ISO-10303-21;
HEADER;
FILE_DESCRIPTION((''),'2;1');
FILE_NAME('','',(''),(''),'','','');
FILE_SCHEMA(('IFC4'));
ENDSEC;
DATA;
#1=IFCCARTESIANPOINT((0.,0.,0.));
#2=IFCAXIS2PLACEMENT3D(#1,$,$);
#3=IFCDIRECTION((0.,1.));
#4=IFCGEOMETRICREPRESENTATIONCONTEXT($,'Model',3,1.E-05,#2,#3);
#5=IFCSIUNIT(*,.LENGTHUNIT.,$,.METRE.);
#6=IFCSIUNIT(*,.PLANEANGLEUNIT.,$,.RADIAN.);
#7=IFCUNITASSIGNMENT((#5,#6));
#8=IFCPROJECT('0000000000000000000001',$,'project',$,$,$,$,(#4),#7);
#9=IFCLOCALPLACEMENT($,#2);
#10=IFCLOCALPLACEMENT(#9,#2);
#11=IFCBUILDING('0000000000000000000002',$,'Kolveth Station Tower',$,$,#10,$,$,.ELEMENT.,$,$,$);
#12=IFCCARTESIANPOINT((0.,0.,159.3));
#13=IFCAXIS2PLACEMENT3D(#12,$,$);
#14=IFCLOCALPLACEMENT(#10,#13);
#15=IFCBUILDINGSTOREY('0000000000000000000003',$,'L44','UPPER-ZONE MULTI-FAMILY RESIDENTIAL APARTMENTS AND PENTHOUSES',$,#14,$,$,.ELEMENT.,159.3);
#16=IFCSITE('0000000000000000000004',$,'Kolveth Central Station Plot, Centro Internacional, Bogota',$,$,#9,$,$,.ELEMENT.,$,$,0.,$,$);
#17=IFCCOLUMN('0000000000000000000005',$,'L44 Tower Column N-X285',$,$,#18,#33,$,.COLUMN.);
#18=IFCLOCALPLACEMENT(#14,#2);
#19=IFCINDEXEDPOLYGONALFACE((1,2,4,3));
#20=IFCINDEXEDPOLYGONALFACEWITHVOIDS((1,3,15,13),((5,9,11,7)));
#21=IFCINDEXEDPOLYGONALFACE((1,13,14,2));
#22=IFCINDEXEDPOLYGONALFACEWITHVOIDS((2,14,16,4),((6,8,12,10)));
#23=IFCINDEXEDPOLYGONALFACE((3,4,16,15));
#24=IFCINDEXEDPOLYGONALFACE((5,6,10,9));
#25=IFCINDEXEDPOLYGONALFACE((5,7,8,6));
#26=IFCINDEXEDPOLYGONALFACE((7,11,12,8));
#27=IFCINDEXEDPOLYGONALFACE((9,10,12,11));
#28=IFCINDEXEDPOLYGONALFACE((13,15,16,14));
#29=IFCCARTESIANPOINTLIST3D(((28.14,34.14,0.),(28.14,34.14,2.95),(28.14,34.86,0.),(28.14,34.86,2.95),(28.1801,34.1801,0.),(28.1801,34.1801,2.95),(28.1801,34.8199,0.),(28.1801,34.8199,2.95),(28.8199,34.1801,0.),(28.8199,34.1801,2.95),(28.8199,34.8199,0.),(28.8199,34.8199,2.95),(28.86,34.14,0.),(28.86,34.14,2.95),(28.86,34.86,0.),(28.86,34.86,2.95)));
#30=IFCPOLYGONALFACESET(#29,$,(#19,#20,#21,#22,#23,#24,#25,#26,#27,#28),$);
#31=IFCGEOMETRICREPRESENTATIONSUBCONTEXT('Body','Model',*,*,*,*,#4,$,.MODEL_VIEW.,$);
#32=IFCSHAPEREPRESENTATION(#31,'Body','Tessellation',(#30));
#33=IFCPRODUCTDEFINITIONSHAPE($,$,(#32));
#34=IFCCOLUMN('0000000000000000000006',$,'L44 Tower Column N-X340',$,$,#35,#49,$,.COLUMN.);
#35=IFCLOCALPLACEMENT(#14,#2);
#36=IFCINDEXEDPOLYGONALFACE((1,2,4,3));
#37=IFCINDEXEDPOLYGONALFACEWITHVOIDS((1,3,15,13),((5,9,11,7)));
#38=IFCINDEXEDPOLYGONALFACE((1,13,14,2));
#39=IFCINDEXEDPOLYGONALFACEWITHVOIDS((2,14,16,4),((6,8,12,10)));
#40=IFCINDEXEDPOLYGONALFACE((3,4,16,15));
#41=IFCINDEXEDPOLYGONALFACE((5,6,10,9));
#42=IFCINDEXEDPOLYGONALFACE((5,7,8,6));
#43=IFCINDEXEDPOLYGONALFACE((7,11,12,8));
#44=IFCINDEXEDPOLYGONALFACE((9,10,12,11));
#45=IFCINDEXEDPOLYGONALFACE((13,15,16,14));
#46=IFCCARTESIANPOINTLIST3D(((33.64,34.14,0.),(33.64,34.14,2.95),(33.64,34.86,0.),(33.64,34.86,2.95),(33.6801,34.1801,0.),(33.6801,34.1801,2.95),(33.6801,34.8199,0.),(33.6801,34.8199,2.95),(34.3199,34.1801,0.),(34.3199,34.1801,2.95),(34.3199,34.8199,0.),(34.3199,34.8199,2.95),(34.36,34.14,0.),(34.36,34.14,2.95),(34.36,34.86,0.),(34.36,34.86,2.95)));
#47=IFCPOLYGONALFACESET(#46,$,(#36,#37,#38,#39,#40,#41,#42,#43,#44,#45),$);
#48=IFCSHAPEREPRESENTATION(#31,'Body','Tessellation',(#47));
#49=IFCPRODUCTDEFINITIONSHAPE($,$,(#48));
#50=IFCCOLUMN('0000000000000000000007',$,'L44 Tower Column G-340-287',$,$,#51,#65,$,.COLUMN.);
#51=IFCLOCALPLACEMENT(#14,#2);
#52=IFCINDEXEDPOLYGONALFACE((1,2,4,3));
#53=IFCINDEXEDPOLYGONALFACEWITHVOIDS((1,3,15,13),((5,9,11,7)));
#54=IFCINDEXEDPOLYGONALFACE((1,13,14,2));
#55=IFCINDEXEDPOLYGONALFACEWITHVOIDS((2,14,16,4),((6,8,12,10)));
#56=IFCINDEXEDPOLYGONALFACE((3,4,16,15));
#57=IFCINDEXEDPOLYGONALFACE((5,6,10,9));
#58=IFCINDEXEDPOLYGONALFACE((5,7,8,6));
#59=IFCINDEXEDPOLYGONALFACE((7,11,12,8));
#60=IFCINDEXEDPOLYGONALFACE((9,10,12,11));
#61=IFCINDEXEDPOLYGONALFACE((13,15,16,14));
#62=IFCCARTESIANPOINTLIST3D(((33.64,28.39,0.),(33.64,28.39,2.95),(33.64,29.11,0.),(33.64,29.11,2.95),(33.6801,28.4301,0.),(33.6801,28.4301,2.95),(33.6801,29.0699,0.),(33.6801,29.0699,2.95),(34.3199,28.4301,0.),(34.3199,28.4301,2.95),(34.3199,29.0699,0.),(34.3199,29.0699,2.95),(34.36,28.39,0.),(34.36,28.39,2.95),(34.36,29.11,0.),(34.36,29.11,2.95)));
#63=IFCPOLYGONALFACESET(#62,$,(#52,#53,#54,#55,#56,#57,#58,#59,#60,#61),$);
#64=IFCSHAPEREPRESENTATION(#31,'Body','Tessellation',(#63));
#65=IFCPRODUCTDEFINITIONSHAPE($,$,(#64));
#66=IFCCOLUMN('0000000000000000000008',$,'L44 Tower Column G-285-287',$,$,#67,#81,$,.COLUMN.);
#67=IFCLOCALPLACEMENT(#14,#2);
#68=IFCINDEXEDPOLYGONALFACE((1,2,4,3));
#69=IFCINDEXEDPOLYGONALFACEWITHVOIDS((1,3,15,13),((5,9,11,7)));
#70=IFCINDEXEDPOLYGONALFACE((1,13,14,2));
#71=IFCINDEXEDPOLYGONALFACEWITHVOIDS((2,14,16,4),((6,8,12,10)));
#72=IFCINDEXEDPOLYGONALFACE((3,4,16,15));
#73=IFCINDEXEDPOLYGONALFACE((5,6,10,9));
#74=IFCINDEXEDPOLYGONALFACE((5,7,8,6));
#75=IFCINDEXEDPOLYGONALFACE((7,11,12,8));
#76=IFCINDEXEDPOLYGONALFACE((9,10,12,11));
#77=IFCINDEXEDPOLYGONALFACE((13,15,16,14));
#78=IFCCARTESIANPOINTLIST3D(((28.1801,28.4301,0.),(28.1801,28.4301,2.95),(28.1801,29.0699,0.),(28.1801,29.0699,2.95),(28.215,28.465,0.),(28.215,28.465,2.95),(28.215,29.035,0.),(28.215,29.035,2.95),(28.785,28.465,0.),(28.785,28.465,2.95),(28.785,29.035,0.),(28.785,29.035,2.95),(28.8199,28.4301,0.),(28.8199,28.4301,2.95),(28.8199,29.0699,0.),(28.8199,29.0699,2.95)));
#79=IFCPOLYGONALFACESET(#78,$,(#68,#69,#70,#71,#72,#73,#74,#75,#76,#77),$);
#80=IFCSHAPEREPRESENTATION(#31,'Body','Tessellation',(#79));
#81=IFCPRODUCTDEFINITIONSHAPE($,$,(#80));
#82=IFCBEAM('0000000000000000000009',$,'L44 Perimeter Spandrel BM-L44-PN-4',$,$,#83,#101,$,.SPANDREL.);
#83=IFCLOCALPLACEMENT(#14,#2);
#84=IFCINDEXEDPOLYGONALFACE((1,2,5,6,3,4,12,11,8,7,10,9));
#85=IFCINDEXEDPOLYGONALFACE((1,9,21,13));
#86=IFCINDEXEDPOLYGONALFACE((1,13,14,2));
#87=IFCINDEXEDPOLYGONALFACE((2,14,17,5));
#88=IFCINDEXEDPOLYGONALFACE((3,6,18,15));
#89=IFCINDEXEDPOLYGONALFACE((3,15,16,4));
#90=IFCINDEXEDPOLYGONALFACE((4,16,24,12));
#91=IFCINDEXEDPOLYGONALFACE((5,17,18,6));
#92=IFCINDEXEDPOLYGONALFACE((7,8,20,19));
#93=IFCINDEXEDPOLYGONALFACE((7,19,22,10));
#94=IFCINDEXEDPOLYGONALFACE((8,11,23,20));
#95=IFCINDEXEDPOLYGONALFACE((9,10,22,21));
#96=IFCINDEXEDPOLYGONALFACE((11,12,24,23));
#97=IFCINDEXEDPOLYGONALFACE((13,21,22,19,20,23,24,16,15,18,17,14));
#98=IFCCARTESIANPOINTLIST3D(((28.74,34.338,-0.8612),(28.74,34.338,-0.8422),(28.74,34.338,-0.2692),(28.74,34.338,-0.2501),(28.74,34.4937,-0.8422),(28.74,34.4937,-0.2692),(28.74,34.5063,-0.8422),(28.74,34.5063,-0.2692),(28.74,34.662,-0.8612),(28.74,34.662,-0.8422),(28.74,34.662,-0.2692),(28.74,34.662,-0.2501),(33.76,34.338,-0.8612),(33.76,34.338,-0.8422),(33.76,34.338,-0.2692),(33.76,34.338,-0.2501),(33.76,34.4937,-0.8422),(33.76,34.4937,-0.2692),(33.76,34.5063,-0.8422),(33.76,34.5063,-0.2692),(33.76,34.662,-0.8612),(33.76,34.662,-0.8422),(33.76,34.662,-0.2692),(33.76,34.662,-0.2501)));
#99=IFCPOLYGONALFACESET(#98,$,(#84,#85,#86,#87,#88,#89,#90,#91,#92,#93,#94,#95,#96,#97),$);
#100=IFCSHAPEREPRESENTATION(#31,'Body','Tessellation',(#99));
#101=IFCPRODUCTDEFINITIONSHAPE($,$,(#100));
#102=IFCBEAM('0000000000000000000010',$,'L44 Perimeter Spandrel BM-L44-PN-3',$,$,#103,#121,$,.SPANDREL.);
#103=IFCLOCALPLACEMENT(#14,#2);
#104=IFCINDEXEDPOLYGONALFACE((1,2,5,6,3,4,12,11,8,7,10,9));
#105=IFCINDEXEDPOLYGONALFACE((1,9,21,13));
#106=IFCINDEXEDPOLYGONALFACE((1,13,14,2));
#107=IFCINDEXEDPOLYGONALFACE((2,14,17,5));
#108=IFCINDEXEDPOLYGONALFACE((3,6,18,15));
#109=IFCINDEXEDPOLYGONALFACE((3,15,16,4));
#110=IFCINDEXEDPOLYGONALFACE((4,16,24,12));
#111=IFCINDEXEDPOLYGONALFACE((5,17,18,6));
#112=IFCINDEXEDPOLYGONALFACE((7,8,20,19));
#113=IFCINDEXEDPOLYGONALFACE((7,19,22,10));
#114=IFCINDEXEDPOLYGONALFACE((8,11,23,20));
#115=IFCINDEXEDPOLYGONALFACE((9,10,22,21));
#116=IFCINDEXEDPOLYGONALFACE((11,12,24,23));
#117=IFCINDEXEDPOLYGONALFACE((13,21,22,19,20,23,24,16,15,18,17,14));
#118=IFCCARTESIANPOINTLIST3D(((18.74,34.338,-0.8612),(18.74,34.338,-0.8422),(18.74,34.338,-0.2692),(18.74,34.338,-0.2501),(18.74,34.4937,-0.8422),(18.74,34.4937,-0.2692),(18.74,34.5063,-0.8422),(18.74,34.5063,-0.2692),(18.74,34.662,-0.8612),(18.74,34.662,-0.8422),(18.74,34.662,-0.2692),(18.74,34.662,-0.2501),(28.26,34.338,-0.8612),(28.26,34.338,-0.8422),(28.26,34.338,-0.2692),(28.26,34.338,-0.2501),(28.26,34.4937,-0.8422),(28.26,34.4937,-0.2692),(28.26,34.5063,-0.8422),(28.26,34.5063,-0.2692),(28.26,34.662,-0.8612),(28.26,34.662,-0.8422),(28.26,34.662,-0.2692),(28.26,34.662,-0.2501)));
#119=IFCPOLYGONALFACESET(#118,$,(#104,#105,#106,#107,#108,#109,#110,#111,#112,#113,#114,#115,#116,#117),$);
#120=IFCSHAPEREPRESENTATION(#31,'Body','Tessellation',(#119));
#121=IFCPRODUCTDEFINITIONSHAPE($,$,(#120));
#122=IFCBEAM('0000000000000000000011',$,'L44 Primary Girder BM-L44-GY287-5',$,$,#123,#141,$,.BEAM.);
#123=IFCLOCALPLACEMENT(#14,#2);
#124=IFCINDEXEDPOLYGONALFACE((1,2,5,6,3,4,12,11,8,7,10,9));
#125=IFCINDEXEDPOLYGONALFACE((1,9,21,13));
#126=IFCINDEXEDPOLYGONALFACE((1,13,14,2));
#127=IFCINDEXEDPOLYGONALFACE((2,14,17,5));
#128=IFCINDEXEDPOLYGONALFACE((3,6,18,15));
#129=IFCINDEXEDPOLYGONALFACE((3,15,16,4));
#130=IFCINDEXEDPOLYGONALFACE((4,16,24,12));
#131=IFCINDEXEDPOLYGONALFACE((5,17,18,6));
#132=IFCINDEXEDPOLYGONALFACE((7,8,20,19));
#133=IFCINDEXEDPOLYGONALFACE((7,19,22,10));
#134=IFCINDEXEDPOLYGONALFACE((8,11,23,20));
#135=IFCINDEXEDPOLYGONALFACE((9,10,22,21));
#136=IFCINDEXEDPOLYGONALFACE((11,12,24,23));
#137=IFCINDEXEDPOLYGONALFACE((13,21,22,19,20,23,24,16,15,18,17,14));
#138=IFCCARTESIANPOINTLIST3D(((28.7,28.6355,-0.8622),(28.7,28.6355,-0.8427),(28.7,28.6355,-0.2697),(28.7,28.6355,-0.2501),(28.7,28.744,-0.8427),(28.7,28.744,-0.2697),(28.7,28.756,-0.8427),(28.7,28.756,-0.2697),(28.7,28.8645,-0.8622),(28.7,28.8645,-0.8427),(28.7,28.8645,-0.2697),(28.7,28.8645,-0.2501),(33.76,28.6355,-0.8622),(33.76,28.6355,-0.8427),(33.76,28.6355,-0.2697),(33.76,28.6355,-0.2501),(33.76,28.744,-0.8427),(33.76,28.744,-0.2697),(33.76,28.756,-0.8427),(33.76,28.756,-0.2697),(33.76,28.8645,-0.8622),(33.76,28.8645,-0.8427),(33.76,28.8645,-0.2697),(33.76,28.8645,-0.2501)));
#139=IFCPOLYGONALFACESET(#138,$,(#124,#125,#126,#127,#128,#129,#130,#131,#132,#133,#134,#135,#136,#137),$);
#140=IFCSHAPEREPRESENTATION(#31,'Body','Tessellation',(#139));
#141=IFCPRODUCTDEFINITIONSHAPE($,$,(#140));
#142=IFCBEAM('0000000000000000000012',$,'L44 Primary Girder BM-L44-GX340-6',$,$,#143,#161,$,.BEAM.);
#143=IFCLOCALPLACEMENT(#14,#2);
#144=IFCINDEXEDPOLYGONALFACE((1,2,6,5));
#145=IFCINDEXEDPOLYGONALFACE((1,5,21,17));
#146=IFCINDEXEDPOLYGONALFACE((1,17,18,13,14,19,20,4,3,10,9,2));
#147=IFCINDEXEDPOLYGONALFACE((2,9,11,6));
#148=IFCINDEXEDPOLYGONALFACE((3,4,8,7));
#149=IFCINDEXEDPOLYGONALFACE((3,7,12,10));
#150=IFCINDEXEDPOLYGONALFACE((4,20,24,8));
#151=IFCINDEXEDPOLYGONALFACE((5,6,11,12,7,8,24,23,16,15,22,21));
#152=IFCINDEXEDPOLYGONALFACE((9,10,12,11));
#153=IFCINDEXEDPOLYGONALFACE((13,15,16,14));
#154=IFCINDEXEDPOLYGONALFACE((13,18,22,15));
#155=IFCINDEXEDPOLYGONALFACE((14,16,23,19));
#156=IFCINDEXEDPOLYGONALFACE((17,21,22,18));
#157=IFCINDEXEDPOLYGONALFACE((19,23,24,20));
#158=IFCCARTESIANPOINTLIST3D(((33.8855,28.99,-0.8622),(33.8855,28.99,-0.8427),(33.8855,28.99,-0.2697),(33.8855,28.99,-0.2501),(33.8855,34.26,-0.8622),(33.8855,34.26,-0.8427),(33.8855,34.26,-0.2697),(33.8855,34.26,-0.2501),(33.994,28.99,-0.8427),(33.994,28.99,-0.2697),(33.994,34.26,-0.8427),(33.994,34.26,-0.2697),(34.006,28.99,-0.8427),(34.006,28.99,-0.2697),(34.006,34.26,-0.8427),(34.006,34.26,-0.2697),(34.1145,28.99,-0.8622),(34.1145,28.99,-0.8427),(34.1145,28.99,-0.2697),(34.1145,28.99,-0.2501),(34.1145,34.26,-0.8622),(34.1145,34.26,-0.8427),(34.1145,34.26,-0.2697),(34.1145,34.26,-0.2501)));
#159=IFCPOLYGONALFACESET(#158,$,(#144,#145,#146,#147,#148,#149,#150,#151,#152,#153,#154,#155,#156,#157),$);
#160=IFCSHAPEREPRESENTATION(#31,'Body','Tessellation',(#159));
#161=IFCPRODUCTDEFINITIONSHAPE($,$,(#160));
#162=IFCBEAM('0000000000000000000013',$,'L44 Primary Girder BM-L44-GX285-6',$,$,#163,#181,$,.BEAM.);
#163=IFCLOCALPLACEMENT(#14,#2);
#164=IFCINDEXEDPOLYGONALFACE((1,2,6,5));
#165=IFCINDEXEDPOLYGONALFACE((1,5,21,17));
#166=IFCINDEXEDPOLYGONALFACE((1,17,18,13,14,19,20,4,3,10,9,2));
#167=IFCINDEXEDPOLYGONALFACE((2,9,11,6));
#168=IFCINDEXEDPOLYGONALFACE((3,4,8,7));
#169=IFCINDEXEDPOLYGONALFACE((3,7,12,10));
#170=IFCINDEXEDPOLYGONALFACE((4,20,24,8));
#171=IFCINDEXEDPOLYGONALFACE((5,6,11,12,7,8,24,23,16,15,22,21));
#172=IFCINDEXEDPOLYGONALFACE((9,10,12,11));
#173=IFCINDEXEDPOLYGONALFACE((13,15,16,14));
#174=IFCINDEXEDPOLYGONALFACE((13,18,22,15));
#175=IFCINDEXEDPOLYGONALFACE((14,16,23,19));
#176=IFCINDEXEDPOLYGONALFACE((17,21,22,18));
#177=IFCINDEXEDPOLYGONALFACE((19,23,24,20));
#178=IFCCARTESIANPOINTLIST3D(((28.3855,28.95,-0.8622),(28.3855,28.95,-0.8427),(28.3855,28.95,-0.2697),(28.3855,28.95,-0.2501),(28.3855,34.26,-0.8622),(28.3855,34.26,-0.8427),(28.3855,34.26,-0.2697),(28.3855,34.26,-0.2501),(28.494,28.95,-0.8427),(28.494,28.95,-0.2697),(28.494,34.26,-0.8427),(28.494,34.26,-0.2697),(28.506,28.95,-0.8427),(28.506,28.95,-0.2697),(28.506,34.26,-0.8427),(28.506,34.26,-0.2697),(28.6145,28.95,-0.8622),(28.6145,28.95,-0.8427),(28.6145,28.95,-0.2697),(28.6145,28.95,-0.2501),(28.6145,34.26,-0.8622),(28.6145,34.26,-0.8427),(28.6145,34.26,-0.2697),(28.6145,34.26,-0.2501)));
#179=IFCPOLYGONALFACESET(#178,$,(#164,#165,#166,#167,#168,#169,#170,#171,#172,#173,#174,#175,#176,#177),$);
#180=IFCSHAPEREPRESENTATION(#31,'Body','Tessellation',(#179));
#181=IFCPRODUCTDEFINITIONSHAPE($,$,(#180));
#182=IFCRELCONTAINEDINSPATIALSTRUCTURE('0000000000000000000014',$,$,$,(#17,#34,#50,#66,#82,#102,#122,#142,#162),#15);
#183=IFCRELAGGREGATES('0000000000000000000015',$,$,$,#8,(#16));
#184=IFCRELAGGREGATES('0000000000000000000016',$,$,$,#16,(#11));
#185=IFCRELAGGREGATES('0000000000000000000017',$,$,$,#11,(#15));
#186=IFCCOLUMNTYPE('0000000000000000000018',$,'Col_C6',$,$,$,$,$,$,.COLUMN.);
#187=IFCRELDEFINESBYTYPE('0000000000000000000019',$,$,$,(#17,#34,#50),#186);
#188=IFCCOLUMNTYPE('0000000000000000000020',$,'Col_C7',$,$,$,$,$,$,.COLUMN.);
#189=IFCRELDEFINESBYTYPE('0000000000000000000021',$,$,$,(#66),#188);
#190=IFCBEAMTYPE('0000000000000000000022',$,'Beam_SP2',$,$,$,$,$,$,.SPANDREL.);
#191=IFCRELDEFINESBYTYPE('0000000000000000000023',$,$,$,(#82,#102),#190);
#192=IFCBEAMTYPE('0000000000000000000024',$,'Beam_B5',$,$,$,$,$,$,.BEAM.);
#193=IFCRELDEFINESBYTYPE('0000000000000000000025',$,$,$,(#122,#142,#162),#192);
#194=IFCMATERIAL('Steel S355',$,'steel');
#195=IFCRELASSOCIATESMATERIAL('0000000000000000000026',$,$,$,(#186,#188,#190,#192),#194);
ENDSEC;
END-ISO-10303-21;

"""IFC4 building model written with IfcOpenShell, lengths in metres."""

from ifc_helpers import new_model, si_unit, direction, frame, origin, origin_2d, place, context, subcontext, project, spatial, hollow_rectangle, i_section, extrude, source, transform, mapped, material, material_profile, profile_set, type_object, element, save


model = new_model("IFC4")

# Units and contexts
model_context = context("Model", 3, precision=1e-05, world=origin(), true_north=direction((0.0, 1.0)))
body_context = subcontext(model_context, "Body", "Model", "MODEL_VIEW")
ifc_project = project(units=[si_unit("LENGTHUNIT", "METRE"), si_unit("PLANEANGLEUNIT", "RADIAN")], contexts=[model_context])

# Site, building, storey
site_placement = place(None, origin())
site = spatial("IfcSite", under=ifc_project, at=site_placement, Name="Kolveth Central Station Plot, Centro Internacional, Bogota", CompositionType="ELEMENT", RefElevation=0.0)
building_placement = place(site_placement, origin())
building = spatial("IfcBuilding", under=site, at=building_placement, Name="Kolveth Station Tower", CompositionType="ELEMENT")
storey_placement = place(building_placement, frame((0.0, 0.0, 159.3)))
storey = spatial("IfcBuildingStorey", under=building, at=storey_placement, Name="L44", Description="UPPER-ZONE MULTI-FAMILY RESIDENTIAL APARTMENTS AND PENTHOUSES", CompositionType="ELEMENT", Elevation=159.3)

# Columns
ifc_material_1 = material(Name="Steel S355", Category="steel")
ifc_material_profile_1 = material_profile(ifc_material_1, hollow_rectangle(XDim=0.72, YDim=0.72, WallThickness=0.04, at=origin_2d()), Name="BOX720x720x40")
ifc_profile_set_1 = profile_set([ifc_material_profile_1], Name="Steel S355")
column_type_1 = type_object("IfcColumnType", Name="Col_C6", PredefinedType="COLUMN", material=ifc_profile_set_1)
shared_shape_1 = source(origin(), body_context, "Body", "SweptSolid", [
    extrude(hollow_rectangle(XDim=0.72, YDim=0.72, WallThickness=0.04, at=origin_2d()), origin(), (0.0, 0.0, 1.0), 2.95),
])
for number, where, z_axis, x_axis, name in (
    (1, (28.5, 34.5, 0.0), (0.0, 0.0, 1.0), (1.0, 0.0, 0.0), "L44 Tower Column N-X285"),
    (2, (34.0, 34.5, 0.0), (0.0, 0.0, 1.0), (1.0, 0.0, 0.0), "L44 Tower Column N-X340"),
    (3, (34.0, 28.75, 0.0), (0.0, 0.0, 1.0), (1.0, 0.0, 0.0), "L44 Tower Column G-340-287"),
):
    element("IfcColumn", number, at=place(storey_placement, frame(where, z_axis=z_axis, x_axis=x_axis)), inside=storey, type_object=column_type_1, Name=name, PredefinedType="COLUMN", context=body_context, shape_type="MappedRepresentation", body=[
        mapped(shared_shape_1, transform((0.0, 0.0, 0.0), x_axis=(1.0, 0.0, 0.0), y_axis=(0.0, 1.0, 0.0), z_axis=(0.0, 0.0, 1.0), scale=1.0)),
    ])
ifc_material_profile_2 = material_profile(ifc_material_1, hollow_rectangle(XDim=0.6399, YDim=0.6399, WallThickness=0.0349, at=origin_2d()), Name="BOX640x640x35")
ifc_profile_set_2 = profile_set([ifc_material_profile_2], Name="Steel S355")
column_type_2 = type_object("IfcColumnType", Name="Col_C7", PredefinedType="COLUMN", material=ifc_profile_set_2)
shared_shape_2 = source(origin(), body_context, "Body", "SweptSolid", [
    extrude(hollow_rectangle(XDim=0.6399, YDim=0.6399, WallThickness=0.0349, at=origin_2d()), origin(), (0.0, 0.0, 1.0), 2.95),
])
column_placement = place(storey_placement, frame((28.5, 28.75, 0.0), z_axis=(0.0, 0.0, 1.0), x_axis=(1.0, 0.0, 0.0)))
element("IfcColumn", 4, at=column_placement, inside=storey, type_object=column_type_2, Name="L44 Tower Column G-285-287", PredefinedType="COLUMN", context=body_context, shape_type="MappedRepresentation", body=[
    mapped(shared_shape_2, transform((0.0, 0.0, 0.0), x_axis=(1.0, 0.0, 0.0), y_axis=(0.0, 1.0, 0.0), z_axis=(0.0, 0.0, 1.0), scale=1.0)),
])

# Beams
ifc_material_profile_3 = material_profile(ifc_material_1, i_section(OverallWidth=0.324, OverallDepth=0.6111, WebThickness=0.0127, FlangeThickness=0.019, at=origin_2d()), Name="W610x155")
ifc_profile_set_3 = profile_set([ifc_material_profile_3], Name="Steel S355")
beam_type_1 = type_object("IfcBeamType", Name="Beam_SP2", PredefinedType="SPANDREL", material=ifc_profile_set_3)
shared_shape_3 = source(origin(), body_context, "Body", "SweptSolid", [
    extrude(i_section(OverallWidth=0.324, OverallDepth=0.6111, WebThickness=0.0127, FlangeThickness=0.019, at=origin_2d()), origin(), (0.0, 0.0, 1.0), 5.02),
])
beam_1_placement = place(storey_placement, frame((28.74, 34.5, -0.5557), z_axis=(1.0, 0.0, 0.0), x_axis=(0.0, 1.0, 0.0)))
element("IfcBeam", 5, at=beam_1_placement, inside=storey, type_object=beam_type_1, Name="L44 Perimeter Spandrel BM-L44-PN-4", PredefinedType="SPANDREL", context=body_context, shape_type="MappedRepresentation", body=[
    mapped(shared_shape_3, transform((0.0, 0.0, 0.0), x_axis=(1.0, 0.0, 0.0), y_axis=(0.0, 1.0, 0.0), z_axis=(0.0, 0.0, 1.0), scale=1.0)),
])
shared_shape_4 = source(origin(), body_context, "Body", "SweptSolid", [
    extrude(i_section(OverallWidth=0.324, OverallDepth=0.6111, WebThickness=0.0127, FlangeThickness=0.019, at=origin_2d()), origin(), (0.0, 0.0, 1.0), 9.52),
])
beam_2_placement = place(storey_placement, frame((18.74, 34.5, -0.5557), z_axis=(1.0, 0.0, 0.0), x_axis=(0.0, 1.0, 0.0)))
element("IfcBeam", 6, at=beam_2_placement, inside=storey, type_object=beam_type_1, Name="L44 Perimeter Spandrel BM-L44-PN-3", PredefinedType="SPANDREL", context=body_context, shape_type="MappedRepresentation", body=[
    mapped(shared_shape_4, transform((0.0, 0.0, 0.0), x_axis=(1.0, 0.0, 0.0), y_axis=(0.0, 1.0, 0.0), z_axis=(0.0, 0.0, 1.0), scale=1.0)),
])
ifc_material_profile_4 = material_profile(ifc_material_1, i_section(OverallWidth=0.229, OverallDepth=0.6121, WebThickness=0.012, FlangeThickness=0.0195, at=origin_2d()), Name="W610x125")
ifc_profile_set_4 = profile_set([ifc_material_profile_4], Name="Steel S355")
beam_type_2 = type_object("IfcBeamType", Name="Beam_B5", PredefinedType="BEAM", material=ifc_profile_set_4)
shared_shape_5 = source(origin(), body_context, "Body", "SweptSolid", [
    extrude(i_section(OverallWidth=0.229, OverallDepth=0.6121, WebThickness=0.012, FlangeThickness=0.0195, at=origin_2d()), origin(), (0.0, 0.0, 1.0), 5.0601),
])
beam_3_placement = place(storey_placement, frame((28.7, 28.75, -0.5562), z_axis=(1.0, 0.0, 0.0), x_axis=(0.0, 1.0, 0.0)))
element("IfcBeam", 7, at=beam_3_placement, inside=storey, type_object=beam_type_2, Name="L44 Primary Girder BM-L44-GY287-5", PredefinedType="BEAM", context=body_context, shape_type="MappedRepresentation", body=[
    mapped(shared_shape_5, transform((0.0, 0.0, 0.0), x_axis=(1.0, 0.0, 0.0), y_axis=(0.0, 1.0, 0.0), z_axis=(0.0, 0.0, 1.0), scale=1.0)),
])
shared_shape_6 = source(origin(), body_context, "Body", "SweptSolid", [
    extrude(i_section(OverallWidth=0.229, OverallDepth=0.6121, WebThickness=0.012, FlangeThickness=0.0195, at=origin_2d()), origin(), (0.0, 0.0, 1.0), 5.27),
])
beam_4_placement = place(storey_placement, frame((34.0, 28.99, -0.5562), z_axis=(0.0, 1.0, 0.0), x_axis=(-1.0, 0.0, 0.0)))
element("IfcBeam", 8, at=beam_4_placement, inside=storey, type_object=beam_type_2, Name="L44 Primary Girder BM-L44-GX340-6", PredefinedType="BEAM", context=body_context, shape_type="MappedRepresentation", body=[
    mapped(shared_shape_6, transform((0.0, 0.0, 0.0), x_axis=(1.0, 0.0, 0.0), y_axis=(0.0, 1.0, 0.0), z_axis=(0.0, 0.0, 1.0), scale=1.0)),
])
shared_shape_7 = source(origin(), body_context, "Body", "SweptSolid", [
    extrude(i_section(OverallWidth=0.229, OverallDepth=0.6121, WebThickness=0.012, FlangeThickness=0.0195, at=origin_2d()), origin(), (0.0, 0.0, 1.0), 5.3101),
])
beam_5_placement = place(storey_placement, frame((28.5, 28.95, -0.5562), z_axis=(0.0, 1.0, 0.0), x_axis=(-1.0, 0.0, 0.0)))
element("IfcBeam", 9, at=beam_5_placement, inside=storey, type_object=beam_type_2, Name="L44 Primary Girder BM-L44-GX285-6", PredefinedType="BEAM", context=body_context, shape_type="MappedRepresentation", body=[
    mapped(shared_shape_7, transform((0.0, 0.0, 0.0), x_axis=(1.0, 0.0, 0.0), y_axis=(0.0, 1.0, 0.0), z_axis=(0.0, 0.0, 1.0), scale=1.0)),
])

save(model, "model.ifc")
